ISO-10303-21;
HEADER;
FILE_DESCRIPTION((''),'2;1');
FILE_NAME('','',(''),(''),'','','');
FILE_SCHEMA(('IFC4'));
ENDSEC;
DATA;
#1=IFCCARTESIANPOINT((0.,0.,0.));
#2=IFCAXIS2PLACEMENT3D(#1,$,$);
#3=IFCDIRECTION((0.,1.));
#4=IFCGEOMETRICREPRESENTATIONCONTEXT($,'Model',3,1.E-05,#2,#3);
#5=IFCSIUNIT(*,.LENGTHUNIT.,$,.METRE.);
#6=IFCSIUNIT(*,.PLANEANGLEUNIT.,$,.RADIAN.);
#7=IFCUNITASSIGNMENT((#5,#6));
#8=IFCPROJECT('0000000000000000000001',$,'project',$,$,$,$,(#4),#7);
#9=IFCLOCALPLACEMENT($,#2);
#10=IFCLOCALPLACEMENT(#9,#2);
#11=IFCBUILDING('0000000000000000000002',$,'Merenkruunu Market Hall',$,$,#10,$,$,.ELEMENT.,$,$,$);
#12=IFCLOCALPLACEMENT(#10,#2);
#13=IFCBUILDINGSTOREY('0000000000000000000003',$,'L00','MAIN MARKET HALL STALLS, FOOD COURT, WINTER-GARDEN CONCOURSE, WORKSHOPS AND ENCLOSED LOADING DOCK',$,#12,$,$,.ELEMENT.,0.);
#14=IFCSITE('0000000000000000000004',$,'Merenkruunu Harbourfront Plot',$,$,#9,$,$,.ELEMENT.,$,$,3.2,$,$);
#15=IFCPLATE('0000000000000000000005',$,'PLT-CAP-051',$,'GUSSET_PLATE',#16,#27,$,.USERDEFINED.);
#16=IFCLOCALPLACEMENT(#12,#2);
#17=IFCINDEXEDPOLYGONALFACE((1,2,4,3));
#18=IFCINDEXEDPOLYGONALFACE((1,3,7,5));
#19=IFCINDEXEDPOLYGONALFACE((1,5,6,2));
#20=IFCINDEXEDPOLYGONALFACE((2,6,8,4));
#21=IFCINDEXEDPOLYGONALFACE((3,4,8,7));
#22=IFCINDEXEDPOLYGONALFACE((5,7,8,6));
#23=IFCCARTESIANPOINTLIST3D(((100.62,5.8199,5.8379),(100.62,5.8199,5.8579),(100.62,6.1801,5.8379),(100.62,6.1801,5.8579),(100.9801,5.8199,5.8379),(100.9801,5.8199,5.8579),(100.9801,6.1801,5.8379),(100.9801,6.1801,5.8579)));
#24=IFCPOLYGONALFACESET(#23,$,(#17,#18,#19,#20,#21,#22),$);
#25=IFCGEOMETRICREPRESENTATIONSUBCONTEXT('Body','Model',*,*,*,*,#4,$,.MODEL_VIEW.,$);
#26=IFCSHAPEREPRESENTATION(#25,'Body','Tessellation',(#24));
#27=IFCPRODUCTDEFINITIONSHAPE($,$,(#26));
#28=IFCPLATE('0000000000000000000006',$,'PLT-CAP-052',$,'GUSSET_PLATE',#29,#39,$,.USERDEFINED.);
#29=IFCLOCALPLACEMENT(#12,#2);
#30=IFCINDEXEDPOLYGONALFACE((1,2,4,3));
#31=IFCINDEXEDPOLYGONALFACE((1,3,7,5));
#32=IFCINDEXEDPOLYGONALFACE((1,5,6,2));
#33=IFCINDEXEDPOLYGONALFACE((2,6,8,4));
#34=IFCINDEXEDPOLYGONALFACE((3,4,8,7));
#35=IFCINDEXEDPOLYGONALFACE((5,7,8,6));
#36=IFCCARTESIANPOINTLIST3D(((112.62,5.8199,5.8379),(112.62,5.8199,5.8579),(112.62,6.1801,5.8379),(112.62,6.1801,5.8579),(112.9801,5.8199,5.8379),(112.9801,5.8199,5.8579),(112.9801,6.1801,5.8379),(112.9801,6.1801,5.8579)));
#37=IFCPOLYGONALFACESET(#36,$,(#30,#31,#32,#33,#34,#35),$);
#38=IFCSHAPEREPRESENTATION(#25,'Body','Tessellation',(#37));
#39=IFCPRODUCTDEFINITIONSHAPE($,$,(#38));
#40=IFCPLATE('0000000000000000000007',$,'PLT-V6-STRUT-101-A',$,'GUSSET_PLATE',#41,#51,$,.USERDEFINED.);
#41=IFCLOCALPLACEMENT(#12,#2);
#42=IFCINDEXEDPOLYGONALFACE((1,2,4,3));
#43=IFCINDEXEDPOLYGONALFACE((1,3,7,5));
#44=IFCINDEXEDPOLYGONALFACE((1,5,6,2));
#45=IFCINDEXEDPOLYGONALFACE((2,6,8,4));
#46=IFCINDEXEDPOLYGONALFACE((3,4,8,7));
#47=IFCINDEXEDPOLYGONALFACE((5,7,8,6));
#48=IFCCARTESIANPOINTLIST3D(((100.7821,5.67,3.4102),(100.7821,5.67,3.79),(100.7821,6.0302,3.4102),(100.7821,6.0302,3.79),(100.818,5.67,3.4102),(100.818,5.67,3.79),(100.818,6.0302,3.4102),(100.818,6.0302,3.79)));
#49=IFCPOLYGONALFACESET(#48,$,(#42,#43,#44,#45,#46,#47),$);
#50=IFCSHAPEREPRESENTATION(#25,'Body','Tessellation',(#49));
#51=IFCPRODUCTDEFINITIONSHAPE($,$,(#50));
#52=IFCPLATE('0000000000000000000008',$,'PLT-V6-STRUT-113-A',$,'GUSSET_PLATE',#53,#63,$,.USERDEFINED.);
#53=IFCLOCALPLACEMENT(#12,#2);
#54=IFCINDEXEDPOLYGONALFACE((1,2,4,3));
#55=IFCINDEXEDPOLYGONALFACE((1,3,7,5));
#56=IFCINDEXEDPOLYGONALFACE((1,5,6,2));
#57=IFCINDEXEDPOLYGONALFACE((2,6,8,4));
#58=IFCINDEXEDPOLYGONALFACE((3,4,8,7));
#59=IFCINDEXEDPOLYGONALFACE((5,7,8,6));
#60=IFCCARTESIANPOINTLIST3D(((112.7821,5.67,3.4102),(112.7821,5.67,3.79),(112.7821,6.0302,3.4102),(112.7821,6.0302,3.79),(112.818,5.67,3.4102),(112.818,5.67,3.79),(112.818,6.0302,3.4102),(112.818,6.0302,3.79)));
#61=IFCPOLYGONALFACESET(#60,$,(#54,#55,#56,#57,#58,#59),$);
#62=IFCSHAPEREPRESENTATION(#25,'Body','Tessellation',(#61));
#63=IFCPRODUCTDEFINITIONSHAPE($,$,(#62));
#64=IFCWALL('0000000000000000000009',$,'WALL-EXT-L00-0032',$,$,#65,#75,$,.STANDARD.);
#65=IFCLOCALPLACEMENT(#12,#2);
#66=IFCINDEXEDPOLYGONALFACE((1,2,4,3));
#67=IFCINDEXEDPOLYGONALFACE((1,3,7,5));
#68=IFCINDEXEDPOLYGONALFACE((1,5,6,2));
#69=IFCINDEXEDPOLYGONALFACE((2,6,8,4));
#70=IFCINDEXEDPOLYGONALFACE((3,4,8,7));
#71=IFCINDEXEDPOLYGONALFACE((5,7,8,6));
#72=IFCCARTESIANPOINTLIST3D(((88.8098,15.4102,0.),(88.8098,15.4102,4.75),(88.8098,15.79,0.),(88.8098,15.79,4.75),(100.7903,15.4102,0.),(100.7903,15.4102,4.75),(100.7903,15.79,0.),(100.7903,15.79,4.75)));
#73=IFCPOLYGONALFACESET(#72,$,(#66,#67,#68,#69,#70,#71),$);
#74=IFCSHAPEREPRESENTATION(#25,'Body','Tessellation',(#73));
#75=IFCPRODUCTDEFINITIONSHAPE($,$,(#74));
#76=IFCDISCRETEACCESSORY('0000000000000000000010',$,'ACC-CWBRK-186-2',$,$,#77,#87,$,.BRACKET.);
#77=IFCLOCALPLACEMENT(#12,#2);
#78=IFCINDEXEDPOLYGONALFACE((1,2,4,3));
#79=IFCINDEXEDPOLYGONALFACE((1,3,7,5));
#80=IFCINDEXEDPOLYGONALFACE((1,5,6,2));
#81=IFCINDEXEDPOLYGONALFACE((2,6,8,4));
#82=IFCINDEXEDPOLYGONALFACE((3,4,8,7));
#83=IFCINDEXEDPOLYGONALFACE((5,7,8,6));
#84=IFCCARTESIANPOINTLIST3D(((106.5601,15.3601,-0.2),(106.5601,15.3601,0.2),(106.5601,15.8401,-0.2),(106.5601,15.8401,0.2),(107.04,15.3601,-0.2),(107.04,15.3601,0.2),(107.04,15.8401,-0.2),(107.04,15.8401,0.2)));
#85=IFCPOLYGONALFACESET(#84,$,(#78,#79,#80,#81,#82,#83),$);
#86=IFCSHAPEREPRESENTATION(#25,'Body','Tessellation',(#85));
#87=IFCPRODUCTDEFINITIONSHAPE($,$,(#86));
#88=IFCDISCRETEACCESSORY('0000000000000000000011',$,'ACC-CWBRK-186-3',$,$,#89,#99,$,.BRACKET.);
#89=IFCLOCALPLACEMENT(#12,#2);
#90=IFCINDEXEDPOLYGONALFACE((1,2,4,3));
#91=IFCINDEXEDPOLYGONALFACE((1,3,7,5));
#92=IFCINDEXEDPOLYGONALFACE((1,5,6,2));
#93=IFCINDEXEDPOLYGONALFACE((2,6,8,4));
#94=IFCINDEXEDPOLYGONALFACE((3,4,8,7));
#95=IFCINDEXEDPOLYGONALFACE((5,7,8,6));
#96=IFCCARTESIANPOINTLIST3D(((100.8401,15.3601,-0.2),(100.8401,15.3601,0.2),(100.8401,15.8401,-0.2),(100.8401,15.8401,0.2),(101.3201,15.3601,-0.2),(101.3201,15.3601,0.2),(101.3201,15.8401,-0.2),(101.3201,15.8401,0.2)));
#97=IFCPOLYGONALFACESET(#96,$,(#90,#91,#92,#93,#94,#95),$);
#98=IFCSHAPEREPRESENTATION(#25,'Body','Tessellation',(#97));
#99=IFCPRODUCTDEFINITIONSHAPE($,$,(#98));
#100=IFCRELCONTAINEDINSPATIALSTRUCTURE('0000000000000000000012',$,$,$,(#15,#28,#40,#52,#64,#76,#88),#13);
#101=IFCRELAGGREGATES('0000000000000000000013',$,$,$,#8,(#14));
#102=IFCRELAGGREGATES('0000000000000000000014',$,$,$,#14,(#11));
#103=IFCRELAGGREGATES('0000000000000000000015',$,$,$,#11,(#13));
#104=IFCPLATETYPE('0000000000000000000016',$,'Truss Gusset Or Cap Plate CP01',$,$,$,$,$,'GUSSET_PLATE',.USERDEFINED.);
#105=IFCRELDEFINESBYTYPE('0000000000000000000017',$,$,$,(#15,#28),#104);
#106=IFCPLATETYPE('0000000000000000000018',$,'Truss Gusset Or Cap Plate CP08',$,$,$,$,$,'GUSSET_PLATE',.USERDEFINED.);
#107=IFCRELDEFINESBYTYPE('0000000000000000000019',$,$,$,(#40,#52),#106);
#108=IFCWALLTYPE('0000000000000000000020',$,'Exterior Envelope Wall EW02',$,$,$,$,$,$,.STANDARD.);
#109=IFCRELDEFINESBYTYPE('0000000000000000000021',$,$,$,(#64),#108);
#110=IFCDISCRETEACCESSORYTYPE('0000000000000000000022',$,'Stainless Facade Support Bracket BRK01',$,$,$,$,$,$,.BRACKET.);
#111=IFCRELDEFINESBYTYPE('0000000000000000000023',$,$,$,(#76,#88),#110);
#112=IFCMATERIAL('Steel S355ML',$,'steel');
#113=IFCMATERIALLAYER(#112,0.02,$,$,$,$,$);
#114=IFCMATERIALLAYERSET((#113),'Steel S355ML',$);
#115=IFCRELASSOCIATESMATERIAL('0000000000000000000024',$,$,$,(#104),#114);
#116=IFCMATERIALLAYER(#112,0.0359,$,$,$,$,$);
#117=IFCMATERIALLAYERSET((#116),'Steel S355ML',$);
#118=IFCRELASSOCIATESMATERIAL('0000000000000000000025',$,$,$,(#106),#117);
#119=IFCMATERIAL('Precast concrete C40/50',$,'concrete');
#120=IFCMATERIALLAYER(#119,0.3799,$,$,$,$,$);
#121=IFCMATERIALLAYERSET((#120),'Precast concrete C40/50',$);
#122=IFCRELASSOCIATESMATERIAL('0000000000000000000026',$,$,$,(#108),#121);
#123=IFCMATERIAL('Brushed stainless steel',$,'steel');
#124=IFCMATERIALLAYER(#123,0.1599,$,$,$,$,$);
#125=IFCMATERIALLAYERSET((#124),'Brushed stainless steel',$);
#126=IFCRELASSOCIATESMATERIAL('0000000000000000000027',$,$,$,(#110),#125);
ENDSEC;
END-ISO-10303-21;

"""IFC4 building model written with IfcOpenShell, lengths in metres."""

from ifc_helpers import new_model, si_unit, direction, frame, frame_2d, origin, origin_2d, place, context, subcontext, project, spatial, rectangle, extrude, material, layer, layer_set, type_object, element, save


model = new_model("IFC4")

# Units and contexts
model_context = context("Model", 3, precision=1e-05, world=origin(), true_north=direction((0.0, 1.0)))
body_context = subcontext(model_context, "Body", "Model", "MODEL_VIEW")
ifc_project = project(units=[si_unit("LENGTHUNIT", "METRE"), si_unit("PLANEANGLEUNIT", "RADIAN")], contexts=[model_context])

# Site, building, storey
site_placement = place(None, origin())
site = spatial("IfcSite", under=ifc_project, at=site_placement, Name="Merenkruunu Harbourfront Plot", CompositionType="ELEMENT", RefElevation=3.2)
building_placement = place(site_placement, origin())
building = spatial("IfcBuilding", under=site, at=building_placement, Name="Merenkruunu Market Hall", CompositionType="ELEMENT")
storey_placement = place(building_placement, origin())
storey = spatial("IfcBuildingStorey", under=building, at=storey_placement, Name="L00", Description="MAIN MARKET HALL STALLS, FOOD COURT, WINTER-GARDEN CONCOURSE, WORKSHOPS AND ENCLOSED LOADING DOCK", CompositionType="ELEMENT", Elevation=0.0)

# Shared definitions
ifc_material_1 = material(Name="Steel S355ML", Category="steel")

# Plates
ifc_layer_1 = layer(ifc_material_1, 0.02)
ifc_layer_set_1 = layer_set([ifc_layer_1], Name="Steel S355ML")
plate_type_1 = type_object("IfcPlateType", Name="Truss Gusset Or Cap Plate CP01", ElementType="GUSSET_PLATE", PredefinedType="USERDEFINED", material=ifc_layer_set_1)
for number, where, z_axis, x_axis, name in (
    (1, (100.8, 6.0, 5.8379), (0.0, 0.0, 1.0), (1.0, 0.0, 0.0), "PLT-CAP-051"),
    (2, (112.8, 6.0, 5.8379), (0.0, 0.0, 1.0), (1.0, 0.0, 0.0), "PLT-CAP-052"),
):
    element("IfcPlate", number, at=place(storey_placement, frame(where, z_axis=z_axis, x_axis=x_axis)), inside=storey, type_object=plate_type_1, Name=name, ObjectType="GUSSET_PLATE", PredefinedType="USERDEFINED", context=body_context, shape_type="SweptSolid", body=[
        extrude(rectangle(XDim=0.3601, YDim=0.3601, at=origin_2d()), origin(), (0.0, 0.0, 1.0), 0.02),
    ])
ifc_layer_2 = layer(ifc_material_1, 0.0359)
ifc_layer_set_2 = layer_set([ifc_layer_2], Name="Steel S355ML")
plate_type_2 = type_object("IfcPlateType", Name="Truss Gusset Or Cap Plate CP08", ElementType="GUSSET_PLATE", PredefinedType="USERDEFINED", material=ifc_layer_set_2)
for number, where, z_axis, x_axis, name in (
    (3, (100.8, 5.8501, 3.4102), (0.0, 0.0, 1.0), (1.0, 0.0, 0.0), "PLT-V6-STRUT-101-A"),
    (4, (112.8, 5.8501, 3.4102), (0.0, 0.0, 1.0), (1.0, 0.0, 0.0), "PLT-V6-STRUT-113-A"),
):
    element("IfcPlate", number, at=place(storey_placement, frame(where, z_axis=z_axis, x_axis=x_axis)), inside=storey, type_object=plate_type_2, Name=name, ObjectType="GUSSET_PLATE", PredefinedType="USERDEFINED", context=body_context, shape_type="SweptSolid", body=[
        extrude(rectangle(XDim=0.0359, YDim=0.3601, at=origin_2d()), origin(), (0.0, 0.0, 1.0), 0.3799),
    ])

# Wall
ifc_material_2 = material(Name="Precast concrete C40/50", Category="concrete")
ifc_layer_3 = layer(ifc_material_2, 0.3799)
ifc_layer_set_3 = layer_set([ifc_layer_3], Name="Precast concrete C40/50")
wall_type = type_object("IfcWallType", Name="Exterior Envelope Wall EW02", PredefinedType="STANDARD", material=ifc_layer_set_3)
wall_placement = place(storey_placement, frame((100.7903, 15.6001, 0.0), z_axis=(0.0, 0.0, 1.0), x_axis=(-1.0, 0.0, 0.0)))
element("IfcWall", 5, at=wall_placement, inside=storey, type_object=wall_type, Name="WALL-EXT-L00-0032", PredefinedType="STANDARD", context=body_context, shape_type="SweptSolid", body=[
    extrude(rectangle(XDim=11.9805, YDim=0.3799, at=frame_2d((5.9902, 0.0))), origin(), (0.0, 0.0, 1.0), 4.75),
])

# Discrete accessories
ifc_material_3 = material(Name="Brushed stainless steel", Category="steel")
ifc_layer_4 = layer(ifc_material_3, 0.1599)
ifc_layer_set_4 = layer_set([ifc_layer_4], Name="Brushed stainless steel")
discrete_accessory_type = type_object("IfcDiscreteAccessoryType", Name="Stainless Facade Support Bracket BRK01", PredefinedType="BRACKET", material=ifc_layer_set_4)
for number, where, z_axis, x_axis, name in (
    (6, (106.8, 15.6001, -0.2), (0.0, 0.0, 1.0), (1.0, 0.0, 0.0), "ACC-CWBRK-186-2"),
    (7, (101.0801, 15.6001, -0.2), (0.0, 0.0, 1.0), (1.0, 0.0, 0.0), "ACC-CWBRK-186-3"),
):
    element("IfcDiscreteAccessory", number, at=place(storey_placement, frame(where, z_axis=z_axis, x_axis=x_axis)), inside=storey, type_object=discrete_accessory_type, Name=name, PredefinedType="BRACKET", context=body_context, shape_type="SweptSolid", body=[
        extrude(rectangle(XDim=0.48, YDim=0.48, at=origin_2d()), origin(), (0.0, 0.0, 1.0), 0.3999),
    ])

save(model, "model.ifc")
